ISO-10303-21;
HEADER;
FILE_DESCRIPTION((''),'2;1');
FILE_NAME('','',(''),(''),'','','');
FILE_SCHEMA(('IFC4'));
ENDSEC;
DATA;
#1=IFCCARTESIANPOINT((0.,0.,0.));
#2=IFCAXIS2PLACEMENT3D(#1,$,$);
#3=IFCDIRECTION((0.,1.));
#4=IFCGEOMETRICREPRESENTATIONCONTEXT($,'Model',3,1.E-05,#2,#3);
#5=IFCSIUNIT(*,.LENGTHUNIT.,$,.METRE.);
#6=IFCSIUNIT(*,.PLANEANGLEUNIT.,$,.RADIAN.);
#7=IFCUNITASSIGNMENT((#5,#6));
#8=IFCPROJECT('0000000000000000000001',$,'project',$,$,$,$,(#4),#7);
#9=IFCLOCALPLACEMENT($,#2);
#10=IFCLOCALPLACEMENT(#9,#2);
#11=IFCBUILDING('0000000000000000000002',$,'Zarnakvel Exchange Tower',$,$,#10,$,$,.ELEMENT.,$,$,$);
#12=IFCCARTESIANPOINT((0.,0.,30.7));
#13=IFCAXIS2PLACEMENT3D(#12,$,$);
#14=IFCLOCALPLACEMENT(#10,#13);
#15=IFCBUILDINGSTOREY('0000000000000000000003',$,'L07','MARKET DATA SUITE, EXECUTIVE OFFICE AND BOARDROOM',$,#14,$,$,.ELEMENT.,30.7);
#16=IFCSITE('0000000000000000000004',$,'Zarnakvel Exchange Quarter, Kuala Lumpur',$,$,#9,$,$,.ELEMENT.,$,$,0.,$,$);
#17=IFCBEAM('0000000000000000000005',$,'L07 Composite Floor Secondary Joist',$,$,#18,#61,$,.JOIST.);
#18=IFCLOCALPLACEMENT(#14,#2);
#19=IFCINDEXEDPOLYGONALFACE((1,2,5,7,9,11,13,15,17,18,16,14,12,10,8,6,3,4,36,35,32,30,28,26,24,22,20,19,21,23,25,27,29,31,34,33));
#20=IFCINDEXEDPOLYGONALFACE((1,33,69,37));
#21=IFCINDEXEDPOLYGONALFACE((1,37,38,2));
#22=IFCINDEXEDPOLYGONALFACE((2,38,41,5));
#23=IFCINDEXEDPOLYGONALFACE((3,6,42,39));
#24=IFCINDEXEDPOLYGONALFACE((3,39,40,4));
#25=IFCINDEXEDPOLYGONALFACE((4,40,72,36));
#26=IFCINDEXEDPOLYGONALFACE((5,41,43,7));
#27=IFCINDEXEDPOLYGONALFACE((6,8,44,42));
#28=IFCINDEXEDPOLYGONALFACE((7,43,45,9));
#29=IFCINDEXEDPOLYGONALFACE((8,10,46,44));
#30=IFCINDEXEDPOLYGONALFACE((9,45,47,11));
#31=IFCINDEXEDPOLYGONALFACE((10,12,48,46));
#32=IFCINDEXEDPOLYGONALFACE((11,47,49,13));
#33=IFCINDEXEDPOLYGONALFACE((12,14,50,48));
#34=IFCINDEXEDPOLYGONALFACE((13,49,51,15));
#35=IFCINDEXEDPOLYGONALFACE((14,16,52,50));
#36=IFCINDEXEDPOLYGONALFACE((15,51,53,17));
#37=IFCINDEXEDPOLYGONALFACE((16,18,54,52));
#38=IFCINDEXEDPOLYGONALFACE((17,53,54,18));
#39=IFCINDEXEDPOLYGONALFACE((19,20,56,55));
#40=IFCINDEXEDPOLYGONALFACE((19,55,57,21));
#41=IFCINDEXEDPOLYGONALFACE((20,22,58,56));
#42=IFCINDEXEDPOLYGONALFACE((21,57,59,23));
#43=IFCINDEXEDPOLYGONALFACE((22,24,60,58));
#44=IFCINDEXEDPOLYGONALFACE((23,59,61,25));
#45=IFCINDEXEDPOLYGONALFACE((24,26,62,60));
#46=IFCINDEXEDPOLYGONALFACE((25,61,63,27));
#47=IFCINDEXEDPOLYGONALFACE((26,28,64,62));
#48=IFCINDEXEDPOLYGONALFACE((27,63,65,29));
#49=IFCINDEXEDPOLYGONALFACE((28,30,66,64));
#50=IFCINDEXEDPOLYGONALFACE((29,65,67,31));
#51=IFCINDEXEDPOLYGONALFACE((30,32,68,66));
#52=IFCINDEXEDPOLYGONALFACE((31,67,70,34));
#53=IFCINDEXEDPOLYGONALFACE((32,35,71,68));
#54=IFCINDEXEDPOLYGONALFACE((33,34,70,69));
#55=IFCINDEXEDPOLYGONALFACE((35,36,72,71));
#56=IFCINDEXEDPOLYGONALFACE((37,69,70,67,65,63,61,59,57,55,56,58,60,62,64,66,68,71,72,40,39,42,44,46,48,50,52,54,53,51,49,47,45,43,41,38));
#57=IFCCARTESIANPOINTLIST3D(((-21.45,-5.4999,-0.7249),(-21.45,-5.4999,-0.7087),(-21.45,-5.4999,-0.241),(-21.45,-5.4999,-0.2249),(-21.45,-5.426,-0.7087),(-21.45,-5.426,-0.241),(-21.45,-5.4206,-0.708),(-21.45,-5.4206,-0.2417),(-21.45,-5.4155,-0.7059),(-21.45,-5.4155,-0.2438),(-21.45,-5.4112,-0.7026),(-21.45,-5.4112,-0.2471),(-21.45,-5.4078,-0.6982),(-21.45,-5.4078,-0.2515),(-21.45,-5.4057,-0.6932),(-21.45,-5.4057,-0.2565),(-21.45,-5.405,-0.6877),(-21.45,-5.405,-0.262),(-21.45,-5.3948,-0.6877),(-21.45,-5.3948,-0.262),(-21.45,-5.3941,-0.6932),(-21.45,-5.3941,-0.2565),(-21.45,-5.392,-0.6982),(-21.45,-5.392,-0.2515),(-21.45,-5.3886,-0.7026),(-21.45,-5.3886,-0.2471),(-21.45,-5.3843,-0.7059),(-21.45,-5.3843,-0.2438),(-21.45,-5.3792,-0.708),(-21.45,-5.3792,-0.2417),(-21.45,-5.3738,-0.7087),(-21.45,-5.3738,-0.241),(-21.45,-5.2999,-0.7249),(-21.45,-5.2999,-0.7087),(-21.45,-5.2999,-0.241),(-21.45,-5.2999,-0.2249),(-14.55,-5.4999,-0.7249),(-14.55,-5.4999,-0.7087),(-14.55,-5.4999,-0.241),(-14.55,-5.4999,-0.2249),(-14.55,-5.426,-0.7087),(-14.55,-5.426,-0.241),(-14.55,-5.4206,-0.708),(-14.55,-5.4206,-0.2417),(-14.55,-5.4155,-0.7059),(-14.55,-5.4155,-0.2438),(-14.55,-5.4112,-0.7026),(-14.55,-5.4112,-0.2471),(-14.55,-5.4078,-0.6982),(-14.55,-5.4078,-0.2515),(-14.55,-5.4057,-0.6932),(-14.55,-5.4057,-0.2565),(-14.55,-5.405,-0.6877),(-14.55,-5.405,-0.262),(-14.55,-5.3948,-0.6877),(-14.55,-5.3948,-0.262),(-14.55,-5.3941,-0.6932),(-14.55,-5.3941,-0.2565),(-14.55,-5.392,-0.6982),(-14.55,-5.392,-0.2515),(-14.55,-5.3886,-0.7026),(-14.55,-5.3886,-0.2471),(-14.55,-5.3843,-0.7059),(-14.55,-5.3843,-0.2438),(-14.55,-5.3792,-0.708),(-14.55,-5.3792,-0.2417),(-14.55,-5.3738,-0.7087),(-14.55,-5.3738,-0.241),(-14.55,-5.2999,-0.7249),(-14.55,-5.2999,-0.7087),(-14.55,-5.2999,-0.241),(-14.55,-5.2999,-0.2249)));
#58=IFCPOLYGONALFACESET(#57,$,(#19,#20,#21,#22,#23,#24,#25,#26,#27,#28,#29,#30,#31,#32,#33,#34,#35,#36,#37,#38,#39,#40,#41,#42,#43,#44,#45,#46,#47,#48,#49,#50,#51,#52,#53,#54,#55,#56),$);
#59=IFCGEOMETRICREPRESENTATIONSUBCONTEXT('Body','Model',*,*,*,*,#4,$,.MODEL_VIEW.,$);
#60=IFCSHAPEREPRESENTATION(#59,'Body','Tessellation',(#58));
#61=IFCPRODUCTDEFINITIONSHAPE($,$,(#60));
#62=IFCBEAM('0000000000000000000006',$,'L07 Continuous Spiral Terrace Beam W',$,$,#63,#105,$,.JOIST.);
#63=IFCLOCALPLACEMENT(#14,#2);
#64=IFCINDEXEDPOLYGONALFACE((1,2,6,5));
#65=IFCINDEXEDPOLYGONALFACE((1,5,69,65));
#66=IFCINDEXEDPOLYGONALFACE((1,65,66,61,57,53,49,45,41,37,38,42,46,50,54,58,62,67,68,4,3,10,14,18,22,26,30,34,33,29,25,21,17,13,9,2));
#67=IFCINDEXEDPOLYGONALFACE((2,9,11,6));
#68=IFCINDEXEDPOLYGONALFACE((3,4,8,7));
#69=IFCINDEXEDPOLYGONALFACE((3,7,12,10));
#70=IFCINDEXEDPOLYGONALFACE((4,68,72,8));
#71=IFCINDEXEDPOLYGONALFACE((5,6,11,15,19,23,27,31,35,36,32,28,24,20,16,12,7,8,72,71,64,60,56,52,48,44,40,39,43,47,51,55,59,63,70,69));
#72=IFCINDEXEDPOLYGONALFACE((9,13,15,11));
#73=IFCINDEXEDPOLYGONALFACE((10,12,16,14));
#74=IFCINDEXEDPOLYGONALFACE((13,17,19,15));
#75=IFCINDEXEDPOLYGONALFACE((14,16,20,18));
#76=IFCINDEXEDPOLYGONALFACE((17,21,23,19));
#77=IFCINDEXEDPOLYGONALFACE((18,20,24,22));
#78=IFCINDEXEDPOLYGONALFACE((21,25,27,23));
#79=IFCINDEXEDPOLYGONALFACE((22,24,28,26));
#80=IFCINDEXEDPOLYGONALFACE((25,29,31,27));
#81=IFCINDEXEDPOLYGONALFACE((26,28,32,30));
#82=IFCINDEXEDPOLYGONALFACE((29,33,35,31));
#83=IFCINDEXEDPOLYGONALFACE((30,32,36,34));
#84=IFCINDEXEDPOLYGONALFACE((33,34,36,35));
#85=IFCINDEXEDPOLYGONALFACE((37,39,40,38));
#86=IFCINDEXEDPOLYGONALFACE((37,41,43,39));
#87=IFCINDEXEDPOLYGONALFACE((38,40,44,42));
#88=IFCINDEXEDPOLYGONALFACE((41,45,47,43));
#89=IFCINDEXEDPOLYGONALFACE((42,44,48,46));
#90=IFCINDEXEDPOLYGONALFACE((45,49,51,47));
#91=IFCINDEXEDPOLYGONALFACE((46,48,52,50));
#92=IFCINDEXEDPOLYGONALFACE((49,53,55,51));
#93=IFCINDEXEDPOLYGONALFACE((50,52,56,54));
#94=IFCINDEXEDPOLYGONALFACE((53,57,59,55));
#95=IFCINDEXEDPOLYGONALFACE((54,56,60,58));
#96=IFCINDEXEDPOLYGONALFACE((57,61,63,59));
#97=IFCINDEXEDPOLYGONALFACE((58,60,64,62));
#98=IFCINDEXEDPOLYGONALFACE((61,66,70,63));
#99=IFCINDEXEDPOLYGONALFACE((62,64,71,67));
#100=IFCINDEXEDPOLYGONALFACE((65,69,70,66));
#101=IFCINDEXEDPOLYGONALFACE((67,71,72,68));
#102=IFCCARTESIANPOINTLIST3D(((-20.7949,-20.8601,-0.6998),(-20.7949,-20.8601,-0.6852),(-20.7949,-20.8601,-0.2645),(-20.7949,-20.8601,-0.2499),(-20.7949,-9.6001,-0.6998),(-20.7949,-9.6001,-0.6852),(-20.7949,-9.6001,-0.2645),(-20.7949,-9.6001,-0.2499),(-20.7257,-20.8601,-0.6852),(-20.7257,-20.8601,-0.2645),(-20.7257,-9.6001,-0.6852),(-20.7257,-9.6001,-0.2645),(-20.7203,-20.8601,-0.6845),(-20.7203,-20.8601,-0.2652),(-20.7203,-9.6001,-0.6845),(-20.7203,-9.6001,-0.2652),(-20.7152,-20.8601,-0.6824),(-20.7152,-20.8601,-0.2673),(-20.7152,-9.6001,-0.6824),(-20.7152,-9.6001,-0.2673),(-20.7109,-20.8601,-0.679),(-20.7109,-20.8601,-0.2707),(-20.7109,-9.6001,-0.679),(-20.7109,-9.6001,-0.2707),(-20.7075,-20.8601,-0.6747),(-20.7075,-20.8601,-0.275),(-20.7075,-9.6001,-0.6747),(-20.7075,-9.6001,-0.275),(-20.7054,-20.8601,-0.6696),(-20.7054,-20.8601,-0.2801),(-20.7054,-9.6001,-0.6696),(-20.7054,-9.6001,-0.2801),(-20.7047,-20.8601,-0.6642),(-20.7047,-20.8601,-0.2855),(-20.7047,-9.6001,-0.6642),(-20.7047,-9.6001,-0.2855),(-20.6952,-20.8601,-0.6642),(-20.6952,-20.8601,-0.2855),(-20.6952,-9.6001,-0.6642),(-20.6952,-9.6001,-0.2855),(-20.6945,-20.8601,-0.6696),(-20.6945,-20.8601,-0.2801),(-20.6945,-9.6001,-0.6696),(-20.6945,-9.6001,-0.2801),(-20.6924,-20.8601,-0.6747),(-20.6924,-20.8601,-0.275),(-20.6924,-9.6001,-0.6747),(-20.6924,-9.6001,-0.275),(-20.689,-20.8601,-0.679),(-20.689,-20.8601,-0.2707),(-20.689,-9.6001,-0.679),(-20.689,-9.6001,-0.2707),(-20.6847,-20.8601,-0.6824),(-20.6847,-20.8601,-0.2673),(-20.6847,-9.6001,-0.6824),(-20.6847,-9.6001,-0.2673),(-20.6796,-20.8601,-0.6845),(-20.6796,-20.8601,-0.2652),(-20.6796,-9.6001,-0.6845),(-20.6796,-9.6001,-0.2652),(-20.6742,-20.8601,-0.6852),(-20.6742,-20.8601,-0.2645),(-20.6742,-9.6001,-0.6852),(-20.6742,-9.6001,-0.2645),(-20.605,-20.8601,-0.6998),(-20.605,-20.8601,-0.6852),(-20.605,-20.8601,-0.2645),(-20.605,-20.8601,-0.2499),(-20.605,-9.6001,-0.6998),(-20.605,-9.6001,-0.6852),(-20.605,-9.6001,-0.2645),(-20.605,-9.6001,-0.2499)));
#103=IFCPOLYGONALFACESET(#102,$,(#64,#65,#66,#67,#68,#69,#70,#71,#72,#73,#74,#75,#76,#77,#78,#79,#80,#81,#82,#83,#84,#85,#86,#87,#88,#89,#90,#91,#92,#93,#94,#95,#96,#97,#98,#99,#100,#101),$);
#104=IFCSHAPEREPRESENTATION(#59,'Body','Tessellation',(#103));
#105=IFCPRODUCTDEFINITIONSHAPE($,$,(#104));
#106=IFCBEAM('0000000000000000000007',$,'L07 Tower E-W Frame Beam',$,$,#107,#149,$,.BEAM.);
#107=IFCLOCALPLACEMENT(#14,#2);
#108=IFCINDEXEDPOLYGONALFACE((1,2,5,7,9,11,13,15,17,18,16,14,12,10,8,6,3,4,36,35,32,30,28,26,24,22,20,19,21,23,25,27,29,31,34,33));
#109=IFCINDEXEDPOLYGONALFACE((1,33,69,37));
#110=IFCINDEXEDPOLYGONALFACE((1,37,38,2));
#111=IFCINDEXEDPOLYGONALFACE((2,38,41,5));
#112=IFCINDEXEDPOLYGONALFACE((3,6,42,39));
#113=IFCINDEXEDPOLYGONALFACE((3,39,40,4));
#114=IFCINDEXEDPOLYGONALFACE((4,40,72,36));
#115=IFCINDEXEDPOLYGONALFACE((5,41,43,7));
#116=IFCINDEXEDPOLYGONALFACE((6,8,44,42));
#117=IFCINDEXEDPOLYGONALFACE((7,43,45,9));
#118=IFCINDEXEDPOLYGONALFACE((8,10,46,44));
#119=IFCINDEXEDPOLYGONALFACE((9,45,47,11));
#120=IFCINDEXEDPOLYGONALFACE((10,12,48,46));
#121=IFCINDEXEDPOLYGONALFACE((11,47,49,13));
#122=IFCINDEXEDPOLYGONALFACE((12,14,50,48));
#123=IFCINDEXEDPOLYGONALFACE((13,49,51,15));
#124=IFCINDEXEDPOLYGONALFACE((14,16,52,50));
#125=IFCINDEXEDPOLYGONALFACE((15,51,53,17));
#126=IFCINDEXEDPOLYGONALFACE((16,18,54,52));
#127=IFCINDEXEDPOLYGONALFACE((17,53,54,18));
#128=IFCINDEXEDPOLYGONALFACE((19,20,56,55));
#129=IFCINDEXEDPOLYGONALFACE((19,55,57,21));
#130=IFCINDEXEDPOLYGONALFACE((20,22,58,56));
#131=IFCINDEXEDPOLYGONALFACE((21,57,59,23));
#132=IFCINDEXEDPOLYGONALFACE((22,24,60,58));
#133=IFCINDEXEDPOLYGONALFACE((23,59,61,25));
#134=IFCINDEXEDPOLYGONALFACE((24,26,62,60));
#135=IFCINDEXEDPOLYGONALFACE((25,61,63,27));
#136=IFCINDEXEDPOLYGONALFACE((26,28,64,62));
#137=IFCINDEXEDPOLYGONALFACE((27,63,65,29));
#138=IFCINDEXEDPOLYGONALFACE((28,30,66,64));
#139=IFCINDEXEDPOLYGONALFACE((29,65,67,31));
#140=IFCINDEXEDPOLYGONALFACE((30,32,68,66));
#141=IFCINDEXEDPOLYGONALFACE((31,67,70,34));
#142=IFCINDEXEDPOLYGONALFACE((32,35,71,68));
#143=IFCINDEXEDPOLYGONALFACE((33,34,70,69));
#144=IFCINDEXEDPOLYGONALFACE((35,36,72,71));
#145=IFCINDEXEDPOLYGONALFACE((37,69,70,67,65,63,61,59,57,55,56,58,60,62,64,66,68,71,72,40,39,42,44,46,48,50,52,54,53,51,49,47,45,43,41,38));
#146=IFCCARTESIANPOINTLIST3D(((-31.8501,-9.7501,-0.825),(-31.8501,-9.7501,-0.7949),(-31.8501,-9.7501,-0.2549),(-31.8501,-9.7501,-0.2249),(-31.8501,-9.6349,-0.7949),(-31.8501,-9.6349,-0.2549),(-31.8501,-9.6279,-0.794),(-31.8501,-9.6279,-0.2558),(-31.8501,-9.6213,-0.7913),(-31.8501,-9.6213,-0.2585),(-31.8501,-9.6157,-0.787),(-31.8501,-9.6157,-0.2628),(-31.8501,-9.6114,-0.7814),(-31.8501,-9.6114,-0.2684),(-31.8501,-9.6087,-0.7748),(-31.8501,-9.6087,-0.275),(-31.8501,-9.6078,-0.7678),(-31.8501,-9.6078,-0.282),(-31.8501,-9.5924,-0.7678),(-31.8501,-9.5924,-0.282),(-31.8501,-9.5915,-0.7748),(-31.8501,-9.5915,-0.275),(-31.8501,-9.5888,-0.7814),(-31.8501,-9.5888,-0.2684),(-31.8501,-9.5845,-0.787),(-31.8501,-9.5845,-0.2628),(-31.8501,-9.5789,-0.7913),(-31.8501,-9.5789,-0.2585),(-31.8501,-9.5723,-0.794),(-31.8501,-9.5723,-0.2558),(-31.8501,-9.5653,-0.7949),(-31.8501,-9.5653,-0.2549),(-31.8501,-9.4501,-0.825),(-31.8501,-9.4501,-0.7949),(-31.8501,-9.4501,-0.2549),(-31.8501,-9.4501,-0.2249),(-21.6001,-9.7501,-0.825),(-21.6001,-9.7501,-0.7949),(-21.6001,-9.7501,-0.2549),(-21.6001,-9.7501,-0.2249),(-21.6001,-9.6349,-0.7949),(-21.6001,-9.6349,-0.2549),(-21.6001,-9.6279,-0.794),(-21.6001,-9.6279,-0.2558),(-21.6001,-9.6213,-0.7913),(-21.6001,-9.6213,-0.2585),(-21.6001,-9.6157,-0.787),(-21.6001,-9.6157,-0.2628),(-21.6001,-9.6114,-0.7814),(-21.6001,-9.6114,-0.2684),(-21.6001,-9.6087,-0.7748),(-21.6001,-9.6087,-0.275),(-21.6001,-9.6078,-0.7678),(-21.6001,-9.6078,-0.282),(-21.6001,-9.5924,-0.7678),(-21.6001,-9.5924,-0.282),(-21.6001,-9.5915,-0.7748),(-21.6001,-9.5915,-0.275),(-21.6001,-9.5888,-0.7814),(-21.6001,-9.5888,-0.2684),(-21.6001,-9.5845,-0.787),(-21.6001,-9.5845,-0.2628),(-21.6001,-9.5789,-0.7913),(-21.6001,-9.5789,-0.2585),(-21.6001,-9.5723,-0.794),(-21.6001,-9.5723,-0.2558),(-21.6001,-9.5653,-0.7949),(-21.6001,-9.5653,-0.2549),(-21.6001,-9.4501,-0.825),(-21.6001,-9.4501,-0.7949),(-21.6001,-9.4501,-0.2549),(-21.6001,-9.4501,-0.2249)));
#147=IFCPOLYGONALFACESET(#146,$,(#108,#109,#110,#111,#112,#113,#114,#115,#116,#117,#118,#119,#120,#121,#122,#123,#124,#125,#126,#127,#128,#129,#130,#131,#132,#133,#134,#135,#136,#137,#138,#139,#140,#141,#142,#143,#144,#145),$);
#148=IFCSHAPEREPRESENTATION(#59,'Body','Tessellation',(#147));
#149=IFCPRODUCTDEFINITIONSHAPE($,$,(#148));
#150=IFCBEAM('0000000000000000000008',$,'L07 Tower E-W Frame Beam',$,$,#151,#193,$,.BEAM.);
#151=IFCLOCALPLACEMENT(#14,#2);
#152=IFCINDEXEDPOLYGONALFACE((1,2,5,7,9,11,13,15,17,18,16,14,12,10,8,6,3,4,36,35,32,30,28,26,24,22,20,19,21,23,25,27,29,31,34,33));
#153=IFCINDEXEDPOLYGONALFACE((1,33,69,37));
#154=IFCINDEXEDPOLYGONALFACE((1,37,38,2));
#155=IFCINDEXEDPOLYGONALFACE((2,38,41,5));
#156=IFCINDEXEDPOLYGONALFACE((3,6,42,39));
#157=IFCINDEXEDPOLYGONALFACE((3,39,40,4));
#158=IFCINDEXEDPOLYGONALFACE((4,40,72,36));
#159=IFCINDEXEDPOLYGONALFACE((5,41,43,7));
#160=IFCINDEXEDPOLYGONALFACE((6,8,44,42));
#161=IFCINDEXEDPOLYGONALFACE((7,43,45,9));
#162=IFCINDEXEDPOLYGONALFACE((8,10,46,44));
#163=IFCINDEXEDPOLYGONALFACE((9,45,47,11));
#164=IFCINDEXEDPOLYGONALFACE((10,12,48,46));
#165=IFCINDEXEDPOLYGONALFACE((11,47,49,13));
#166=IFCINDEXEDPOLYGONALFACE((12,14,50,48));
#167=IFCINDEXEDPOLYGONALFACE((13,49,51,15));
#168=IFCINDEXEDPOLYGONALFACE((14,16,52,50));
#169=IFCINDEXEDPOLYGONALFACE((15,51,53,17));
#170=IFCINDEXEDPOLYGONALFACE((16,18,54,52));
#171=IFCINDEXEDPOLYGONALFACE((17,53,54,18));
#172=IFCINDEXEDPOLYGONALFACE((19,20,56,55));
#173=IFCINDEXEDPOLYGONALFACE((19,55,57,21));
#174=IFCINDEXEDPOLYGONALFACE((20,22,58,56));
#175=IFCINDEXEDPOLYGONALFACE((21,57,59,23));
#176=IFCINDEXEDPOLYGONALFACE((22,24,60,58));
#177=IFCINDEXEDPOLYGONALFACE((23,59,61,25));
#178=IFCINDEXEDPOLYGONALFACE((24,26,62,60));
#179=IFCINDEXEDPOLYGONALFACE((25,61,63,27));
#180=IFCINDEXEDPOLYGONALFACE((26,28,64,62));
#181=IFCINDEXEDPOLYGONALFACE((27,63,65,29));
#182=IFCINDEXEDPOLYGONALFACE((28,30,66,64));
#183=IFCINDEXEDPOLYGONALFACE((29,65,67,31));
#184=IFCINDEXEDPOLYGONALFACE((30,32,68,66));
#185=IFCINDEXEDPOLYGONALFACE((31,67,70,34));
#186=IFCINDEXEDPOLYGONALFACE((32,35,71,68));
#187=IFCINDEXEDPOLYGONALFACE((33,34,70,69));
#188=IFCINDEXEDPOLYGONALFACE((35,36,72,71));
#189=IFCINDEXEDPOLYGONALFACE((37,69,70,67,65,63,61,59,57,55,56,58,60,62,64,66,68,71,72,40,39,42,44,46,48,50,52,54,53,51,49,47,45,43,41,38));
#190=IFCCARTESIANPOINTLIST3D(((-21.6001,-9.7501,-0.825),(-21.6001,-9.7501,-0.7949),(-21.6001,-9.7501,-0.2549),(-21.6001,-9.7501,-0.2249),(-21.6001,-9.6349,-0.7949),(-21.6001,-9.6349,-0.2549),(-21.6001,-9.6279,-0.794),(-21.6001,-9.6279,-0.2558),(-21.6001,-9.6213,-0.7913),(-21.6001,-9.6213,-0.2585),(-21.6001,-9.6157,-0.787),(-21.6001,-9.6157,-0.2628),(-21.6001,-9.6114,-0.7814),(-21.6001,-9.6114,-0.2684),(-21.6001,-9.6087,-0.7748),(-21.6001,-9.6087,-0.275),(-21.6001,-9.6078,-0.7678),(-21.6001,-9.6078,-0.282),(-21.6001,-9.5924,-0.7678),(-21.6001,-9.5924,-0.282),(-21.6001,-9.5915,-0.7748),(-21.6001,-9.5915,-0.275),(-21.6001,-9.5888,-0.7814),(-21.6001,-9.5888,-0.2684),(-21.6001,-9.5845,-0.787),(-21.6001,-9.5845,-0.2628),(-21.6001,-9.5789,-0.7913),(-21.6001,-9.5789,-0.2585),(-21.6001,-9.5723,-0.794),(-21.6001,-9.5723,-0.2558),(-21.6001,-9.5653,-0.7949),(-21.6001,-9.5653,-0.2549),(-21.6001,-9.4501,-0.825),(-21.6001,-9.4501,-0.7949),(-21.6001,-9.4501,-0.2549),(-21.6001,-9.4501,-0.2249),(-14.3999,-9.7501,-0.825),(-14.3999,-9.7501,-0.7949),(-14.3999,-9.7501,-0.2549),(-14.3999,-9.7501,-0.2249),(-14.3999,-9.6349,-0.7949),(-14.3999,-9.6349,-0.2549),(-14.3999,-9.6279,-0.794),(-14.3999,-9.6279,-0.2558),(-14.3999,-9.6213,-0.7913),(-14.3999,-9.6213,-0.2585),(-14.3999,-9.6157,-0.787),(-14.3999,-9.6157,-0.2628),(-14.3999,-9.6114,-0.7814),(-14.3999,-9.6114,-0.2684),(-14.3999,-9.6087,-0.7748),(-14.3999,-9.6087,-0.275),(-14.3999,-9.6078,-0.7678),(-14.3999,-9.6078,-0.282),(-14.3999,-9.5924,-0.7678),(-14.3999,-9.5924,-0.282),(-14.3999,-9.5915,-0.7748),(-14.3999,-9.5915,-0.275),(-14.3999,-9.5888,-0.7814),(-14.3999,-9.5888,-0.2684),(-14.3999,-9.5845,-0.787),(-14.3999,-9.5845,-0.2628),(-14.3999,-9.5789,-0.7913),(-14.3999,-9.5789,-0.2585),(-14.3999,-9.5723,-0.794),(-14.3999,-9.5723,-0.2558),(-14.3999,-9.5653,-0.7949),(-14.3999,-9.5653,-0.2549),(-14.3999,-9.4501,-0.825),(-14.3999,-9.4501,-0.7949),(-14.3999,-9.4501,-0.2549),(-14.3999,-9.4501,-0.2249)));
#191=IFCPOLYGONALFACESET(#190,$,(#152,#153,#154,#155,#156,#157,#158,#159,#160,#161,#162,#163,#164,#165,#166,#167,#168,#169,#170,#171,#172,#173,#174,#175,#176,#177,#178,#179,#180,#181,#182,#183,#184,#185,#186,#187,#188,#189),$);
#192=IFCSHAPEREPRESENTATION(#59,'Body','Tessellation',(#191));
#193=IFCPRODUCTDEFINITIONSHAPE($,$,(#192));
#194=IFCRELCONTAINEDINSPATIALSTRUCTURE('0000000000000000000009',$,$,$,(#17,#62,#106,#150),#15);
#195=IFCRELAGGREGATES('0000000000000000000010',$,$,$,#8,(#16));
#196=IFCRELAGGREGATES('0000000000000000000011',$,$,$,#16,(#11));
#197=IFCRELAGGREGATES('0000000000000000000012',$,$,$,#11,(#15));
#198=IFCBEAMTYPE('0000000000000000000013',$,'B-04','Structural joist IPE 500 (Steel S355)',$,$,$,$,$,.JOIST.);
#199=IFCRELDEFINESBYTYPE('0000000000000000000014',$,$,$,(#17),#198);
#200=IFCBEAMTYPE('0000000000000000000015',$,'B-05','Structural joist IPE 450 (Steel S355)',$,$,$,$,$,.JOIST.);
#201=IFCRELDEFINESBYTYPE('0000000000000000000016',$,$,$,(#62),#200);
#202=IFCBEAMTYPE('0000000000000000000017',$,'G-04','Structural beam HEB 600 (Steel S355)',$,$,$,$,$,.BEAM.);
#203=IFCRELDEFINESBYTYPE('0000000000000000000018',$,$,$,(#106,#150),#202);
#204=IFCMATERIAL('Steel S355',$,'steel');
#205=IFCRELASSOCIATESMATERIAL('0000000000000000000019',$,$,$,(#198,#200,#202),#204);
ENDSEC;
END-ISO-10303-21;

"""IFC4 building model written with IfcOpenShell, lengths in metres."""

from ifc_helpers import new_model, si_unit, direction, frame, origin, origin_2d, place, context, subcontext, project, spatial, i_section, extrude, material, material_profile, profile_set, type_object, element, save


model = new_model("IFC4")

# Units and contexts
model_context = context("Model", 3, precision=1e-05, world=origin(), true_north=direction((0.0, 1.0)))
body_context = subcontext(model_context, "Body", "Model", "MODEL_VIEW")
ifc_project = project(units=[si_unit("LENGTHUNIT", "METRE"), si_unit("PLANEANGLEUNIT", "RADIAN")], contexts=[model_context])

# Site, building, storey
site_placement = place(None, origin())
site = spatial("IfcSite", under=ifc_project, at=site_placement, Name="Zarnakvel Exchange Quarter, Kuala Lumpur", CompositionType="ELEMENT", RefElevation=0.0)
building_placement = place(site_placement, origin())
building = spatial("IfcBuilding", under=site, at=building_placement, Name="Zarnakvel Exchange Tower", CompositionType="ELEMENT")
storey_placement = place(building_placement, frame((0.0, 0.0, 30.7)))
storey = spatial("IfcBuildingStorey", under=building, at=storey_placement, Name="L07", Description="MARKET DATA SUITE, EXECUTIVE OFFICE AND BOARDROOM", CompositionType="ELEMENT", Elevation=30.7)

# Shared definitions
ifc_material_1 = material(Name="Steel S355", Category="steel")

# Beams
ifc_material_profile_1 = material_profile(ifc_material_1, i_section(OverallWidth=0.2, OverallDepth=0.5, WebThickness=0.0103, FlangeThickness=0.0161, FilletRadius=0.021, at=origin_2d()))
ifc_profile_set_1 = profile_set([ifc_material_profile_1], Name="Steel S355")
beam_type_1 = type_object("IfcBeamType", Name="B-04", Description="Structural joist IPE 500 (Steel S355)", PredefinedType="JOIST", material=ifc_profile_set_1)
beam_1_placement = place(storey_placement, frame((-21.45, -5.3999, -0.4749), z_axis=(1.0, 0.0, 0.0), x_axis=(0.0, 1.0, 0.0)))
element("IfcBeam", 1, at=beam_1_placement, inside=storey, type_object=beam_type_1, Name="L07 Composite Floor Secondary Joist", PredefinedType="JOIST", context=body_context, shape_type="SweptSolid", body=[
    extrude(i_section(OverallWidth=0.2, OverallDepth=0.5, WebThickness=0.0103, FlangeThickness=0.0161, FilletRadius=0.021, at=origin_2d()), origin(), (0.0, 0.0, 1.0), 6.8999),
])
ifc_material_profile_2 = material_profile(ifc_material_1, i_section(OverallWidth=0.1899, OverallDepth=0.45, WebThickness=0.0095, FlangeThickness=0.0146, FilletRadius=0.021, at=origin_2d()))
ifc_profile_set_2 = profile_set([ifc_material_profile_2], Name="Steel S355")
beam_type_2 = type_object("IfcBeamType", Name="B-05", Description="Structural joist IPE 450 (Steel S355)", PredefinedType="JOIST", material=ifc_profile_set_2)
beam_2_placement = place(storey_placement, frame((-20.7, -9.6001, -0.4749), z_axis=(0.0, -1.0, 0.0), x_axis=(1.0, 0.0, 0.0)))
element("IfcBeam", 2, at=beam_2_placement, inside=storey, type_object=beam_type_2, Name="L07 Continuous Spiral Terrace Beam W", PredefinedType="JOIST", context=body_context, shape_type="SweptSolid", body=[
    extrude(i_section(OverallWidth=0.1899, OverallDepth=0.45, WebThickness=0.0095, FlangeThickness=0.0146, FilletRadius=0.021, at=origin_2d()), origin(), (0.0, 0.0, 1.0), 11.26),
])
ifc_material_profile_3 = material_profile(ifc_material_1, i_section(OverallWidth=0.3, OverallDepth=0.6001, WebThickness=0.0154, FlangeThickness=0.03, FilletRadius=0.0271, at=origin_2d()))
ifc_profile_set_3 = profile_set([ifc_material_profile_3], Name="Steel S355")
beam_type_3 = type_object("IfcBeamType", Name="G-04", Description="Structural beam HEB 600 (Steel S355)", PredefinedType="BEAM", material=ifc_profile_set_3)
beam_3_placement = place(storey_placement, frame((-31.8501, -9.6001, -0.5249), z_axis=(1.0, 0.0, 0.0), x_axis=(0.0, 1.0, 0.0)))
element("IfcBeam", 3, at=beam_3_placement, inside=storey, type_object=beam_type_3, Name="L07 Tower E-W Frame Beam", PredefinedType="BEAM", context=body_context, shape_type="SweptSolid", body=[
    extrude(i_section(OverallWidth=0.3, OverallDepth=0.6001, WebThickness=0.0154, FlangeThickness=0.03, FilletRadius=0.0271, at=origin_2d()), origin(), (0.0, 0.0, 1.0), 10.25),
])
beam_4_placement = place(storey_placement, frame((-21.6001, -9.6001, -0.5249), z_axis=(1.0, 0.0, 0.0), x_axis=(0.0, 1.0, 0.0)))
element("IfcBeam", 4, at=beam_4_placement, inside=storey, type_object=beam_type_3, Name="L07 Tower E-W Frame Beam", PredefinedType="BEAM", context=body_context, shape_type="SweptSolid", body=[
    extrude(i_section(OverallWidth=0.3, OverallDepth=0.6001, WebThickness=0.0154, FlangeThickness=0.03, FilletRadius=0.0271, at=origin_2d()), origin(), (0.0, 0.0, 1.0), 7.2002),
])

save(model, "model.ifc")
